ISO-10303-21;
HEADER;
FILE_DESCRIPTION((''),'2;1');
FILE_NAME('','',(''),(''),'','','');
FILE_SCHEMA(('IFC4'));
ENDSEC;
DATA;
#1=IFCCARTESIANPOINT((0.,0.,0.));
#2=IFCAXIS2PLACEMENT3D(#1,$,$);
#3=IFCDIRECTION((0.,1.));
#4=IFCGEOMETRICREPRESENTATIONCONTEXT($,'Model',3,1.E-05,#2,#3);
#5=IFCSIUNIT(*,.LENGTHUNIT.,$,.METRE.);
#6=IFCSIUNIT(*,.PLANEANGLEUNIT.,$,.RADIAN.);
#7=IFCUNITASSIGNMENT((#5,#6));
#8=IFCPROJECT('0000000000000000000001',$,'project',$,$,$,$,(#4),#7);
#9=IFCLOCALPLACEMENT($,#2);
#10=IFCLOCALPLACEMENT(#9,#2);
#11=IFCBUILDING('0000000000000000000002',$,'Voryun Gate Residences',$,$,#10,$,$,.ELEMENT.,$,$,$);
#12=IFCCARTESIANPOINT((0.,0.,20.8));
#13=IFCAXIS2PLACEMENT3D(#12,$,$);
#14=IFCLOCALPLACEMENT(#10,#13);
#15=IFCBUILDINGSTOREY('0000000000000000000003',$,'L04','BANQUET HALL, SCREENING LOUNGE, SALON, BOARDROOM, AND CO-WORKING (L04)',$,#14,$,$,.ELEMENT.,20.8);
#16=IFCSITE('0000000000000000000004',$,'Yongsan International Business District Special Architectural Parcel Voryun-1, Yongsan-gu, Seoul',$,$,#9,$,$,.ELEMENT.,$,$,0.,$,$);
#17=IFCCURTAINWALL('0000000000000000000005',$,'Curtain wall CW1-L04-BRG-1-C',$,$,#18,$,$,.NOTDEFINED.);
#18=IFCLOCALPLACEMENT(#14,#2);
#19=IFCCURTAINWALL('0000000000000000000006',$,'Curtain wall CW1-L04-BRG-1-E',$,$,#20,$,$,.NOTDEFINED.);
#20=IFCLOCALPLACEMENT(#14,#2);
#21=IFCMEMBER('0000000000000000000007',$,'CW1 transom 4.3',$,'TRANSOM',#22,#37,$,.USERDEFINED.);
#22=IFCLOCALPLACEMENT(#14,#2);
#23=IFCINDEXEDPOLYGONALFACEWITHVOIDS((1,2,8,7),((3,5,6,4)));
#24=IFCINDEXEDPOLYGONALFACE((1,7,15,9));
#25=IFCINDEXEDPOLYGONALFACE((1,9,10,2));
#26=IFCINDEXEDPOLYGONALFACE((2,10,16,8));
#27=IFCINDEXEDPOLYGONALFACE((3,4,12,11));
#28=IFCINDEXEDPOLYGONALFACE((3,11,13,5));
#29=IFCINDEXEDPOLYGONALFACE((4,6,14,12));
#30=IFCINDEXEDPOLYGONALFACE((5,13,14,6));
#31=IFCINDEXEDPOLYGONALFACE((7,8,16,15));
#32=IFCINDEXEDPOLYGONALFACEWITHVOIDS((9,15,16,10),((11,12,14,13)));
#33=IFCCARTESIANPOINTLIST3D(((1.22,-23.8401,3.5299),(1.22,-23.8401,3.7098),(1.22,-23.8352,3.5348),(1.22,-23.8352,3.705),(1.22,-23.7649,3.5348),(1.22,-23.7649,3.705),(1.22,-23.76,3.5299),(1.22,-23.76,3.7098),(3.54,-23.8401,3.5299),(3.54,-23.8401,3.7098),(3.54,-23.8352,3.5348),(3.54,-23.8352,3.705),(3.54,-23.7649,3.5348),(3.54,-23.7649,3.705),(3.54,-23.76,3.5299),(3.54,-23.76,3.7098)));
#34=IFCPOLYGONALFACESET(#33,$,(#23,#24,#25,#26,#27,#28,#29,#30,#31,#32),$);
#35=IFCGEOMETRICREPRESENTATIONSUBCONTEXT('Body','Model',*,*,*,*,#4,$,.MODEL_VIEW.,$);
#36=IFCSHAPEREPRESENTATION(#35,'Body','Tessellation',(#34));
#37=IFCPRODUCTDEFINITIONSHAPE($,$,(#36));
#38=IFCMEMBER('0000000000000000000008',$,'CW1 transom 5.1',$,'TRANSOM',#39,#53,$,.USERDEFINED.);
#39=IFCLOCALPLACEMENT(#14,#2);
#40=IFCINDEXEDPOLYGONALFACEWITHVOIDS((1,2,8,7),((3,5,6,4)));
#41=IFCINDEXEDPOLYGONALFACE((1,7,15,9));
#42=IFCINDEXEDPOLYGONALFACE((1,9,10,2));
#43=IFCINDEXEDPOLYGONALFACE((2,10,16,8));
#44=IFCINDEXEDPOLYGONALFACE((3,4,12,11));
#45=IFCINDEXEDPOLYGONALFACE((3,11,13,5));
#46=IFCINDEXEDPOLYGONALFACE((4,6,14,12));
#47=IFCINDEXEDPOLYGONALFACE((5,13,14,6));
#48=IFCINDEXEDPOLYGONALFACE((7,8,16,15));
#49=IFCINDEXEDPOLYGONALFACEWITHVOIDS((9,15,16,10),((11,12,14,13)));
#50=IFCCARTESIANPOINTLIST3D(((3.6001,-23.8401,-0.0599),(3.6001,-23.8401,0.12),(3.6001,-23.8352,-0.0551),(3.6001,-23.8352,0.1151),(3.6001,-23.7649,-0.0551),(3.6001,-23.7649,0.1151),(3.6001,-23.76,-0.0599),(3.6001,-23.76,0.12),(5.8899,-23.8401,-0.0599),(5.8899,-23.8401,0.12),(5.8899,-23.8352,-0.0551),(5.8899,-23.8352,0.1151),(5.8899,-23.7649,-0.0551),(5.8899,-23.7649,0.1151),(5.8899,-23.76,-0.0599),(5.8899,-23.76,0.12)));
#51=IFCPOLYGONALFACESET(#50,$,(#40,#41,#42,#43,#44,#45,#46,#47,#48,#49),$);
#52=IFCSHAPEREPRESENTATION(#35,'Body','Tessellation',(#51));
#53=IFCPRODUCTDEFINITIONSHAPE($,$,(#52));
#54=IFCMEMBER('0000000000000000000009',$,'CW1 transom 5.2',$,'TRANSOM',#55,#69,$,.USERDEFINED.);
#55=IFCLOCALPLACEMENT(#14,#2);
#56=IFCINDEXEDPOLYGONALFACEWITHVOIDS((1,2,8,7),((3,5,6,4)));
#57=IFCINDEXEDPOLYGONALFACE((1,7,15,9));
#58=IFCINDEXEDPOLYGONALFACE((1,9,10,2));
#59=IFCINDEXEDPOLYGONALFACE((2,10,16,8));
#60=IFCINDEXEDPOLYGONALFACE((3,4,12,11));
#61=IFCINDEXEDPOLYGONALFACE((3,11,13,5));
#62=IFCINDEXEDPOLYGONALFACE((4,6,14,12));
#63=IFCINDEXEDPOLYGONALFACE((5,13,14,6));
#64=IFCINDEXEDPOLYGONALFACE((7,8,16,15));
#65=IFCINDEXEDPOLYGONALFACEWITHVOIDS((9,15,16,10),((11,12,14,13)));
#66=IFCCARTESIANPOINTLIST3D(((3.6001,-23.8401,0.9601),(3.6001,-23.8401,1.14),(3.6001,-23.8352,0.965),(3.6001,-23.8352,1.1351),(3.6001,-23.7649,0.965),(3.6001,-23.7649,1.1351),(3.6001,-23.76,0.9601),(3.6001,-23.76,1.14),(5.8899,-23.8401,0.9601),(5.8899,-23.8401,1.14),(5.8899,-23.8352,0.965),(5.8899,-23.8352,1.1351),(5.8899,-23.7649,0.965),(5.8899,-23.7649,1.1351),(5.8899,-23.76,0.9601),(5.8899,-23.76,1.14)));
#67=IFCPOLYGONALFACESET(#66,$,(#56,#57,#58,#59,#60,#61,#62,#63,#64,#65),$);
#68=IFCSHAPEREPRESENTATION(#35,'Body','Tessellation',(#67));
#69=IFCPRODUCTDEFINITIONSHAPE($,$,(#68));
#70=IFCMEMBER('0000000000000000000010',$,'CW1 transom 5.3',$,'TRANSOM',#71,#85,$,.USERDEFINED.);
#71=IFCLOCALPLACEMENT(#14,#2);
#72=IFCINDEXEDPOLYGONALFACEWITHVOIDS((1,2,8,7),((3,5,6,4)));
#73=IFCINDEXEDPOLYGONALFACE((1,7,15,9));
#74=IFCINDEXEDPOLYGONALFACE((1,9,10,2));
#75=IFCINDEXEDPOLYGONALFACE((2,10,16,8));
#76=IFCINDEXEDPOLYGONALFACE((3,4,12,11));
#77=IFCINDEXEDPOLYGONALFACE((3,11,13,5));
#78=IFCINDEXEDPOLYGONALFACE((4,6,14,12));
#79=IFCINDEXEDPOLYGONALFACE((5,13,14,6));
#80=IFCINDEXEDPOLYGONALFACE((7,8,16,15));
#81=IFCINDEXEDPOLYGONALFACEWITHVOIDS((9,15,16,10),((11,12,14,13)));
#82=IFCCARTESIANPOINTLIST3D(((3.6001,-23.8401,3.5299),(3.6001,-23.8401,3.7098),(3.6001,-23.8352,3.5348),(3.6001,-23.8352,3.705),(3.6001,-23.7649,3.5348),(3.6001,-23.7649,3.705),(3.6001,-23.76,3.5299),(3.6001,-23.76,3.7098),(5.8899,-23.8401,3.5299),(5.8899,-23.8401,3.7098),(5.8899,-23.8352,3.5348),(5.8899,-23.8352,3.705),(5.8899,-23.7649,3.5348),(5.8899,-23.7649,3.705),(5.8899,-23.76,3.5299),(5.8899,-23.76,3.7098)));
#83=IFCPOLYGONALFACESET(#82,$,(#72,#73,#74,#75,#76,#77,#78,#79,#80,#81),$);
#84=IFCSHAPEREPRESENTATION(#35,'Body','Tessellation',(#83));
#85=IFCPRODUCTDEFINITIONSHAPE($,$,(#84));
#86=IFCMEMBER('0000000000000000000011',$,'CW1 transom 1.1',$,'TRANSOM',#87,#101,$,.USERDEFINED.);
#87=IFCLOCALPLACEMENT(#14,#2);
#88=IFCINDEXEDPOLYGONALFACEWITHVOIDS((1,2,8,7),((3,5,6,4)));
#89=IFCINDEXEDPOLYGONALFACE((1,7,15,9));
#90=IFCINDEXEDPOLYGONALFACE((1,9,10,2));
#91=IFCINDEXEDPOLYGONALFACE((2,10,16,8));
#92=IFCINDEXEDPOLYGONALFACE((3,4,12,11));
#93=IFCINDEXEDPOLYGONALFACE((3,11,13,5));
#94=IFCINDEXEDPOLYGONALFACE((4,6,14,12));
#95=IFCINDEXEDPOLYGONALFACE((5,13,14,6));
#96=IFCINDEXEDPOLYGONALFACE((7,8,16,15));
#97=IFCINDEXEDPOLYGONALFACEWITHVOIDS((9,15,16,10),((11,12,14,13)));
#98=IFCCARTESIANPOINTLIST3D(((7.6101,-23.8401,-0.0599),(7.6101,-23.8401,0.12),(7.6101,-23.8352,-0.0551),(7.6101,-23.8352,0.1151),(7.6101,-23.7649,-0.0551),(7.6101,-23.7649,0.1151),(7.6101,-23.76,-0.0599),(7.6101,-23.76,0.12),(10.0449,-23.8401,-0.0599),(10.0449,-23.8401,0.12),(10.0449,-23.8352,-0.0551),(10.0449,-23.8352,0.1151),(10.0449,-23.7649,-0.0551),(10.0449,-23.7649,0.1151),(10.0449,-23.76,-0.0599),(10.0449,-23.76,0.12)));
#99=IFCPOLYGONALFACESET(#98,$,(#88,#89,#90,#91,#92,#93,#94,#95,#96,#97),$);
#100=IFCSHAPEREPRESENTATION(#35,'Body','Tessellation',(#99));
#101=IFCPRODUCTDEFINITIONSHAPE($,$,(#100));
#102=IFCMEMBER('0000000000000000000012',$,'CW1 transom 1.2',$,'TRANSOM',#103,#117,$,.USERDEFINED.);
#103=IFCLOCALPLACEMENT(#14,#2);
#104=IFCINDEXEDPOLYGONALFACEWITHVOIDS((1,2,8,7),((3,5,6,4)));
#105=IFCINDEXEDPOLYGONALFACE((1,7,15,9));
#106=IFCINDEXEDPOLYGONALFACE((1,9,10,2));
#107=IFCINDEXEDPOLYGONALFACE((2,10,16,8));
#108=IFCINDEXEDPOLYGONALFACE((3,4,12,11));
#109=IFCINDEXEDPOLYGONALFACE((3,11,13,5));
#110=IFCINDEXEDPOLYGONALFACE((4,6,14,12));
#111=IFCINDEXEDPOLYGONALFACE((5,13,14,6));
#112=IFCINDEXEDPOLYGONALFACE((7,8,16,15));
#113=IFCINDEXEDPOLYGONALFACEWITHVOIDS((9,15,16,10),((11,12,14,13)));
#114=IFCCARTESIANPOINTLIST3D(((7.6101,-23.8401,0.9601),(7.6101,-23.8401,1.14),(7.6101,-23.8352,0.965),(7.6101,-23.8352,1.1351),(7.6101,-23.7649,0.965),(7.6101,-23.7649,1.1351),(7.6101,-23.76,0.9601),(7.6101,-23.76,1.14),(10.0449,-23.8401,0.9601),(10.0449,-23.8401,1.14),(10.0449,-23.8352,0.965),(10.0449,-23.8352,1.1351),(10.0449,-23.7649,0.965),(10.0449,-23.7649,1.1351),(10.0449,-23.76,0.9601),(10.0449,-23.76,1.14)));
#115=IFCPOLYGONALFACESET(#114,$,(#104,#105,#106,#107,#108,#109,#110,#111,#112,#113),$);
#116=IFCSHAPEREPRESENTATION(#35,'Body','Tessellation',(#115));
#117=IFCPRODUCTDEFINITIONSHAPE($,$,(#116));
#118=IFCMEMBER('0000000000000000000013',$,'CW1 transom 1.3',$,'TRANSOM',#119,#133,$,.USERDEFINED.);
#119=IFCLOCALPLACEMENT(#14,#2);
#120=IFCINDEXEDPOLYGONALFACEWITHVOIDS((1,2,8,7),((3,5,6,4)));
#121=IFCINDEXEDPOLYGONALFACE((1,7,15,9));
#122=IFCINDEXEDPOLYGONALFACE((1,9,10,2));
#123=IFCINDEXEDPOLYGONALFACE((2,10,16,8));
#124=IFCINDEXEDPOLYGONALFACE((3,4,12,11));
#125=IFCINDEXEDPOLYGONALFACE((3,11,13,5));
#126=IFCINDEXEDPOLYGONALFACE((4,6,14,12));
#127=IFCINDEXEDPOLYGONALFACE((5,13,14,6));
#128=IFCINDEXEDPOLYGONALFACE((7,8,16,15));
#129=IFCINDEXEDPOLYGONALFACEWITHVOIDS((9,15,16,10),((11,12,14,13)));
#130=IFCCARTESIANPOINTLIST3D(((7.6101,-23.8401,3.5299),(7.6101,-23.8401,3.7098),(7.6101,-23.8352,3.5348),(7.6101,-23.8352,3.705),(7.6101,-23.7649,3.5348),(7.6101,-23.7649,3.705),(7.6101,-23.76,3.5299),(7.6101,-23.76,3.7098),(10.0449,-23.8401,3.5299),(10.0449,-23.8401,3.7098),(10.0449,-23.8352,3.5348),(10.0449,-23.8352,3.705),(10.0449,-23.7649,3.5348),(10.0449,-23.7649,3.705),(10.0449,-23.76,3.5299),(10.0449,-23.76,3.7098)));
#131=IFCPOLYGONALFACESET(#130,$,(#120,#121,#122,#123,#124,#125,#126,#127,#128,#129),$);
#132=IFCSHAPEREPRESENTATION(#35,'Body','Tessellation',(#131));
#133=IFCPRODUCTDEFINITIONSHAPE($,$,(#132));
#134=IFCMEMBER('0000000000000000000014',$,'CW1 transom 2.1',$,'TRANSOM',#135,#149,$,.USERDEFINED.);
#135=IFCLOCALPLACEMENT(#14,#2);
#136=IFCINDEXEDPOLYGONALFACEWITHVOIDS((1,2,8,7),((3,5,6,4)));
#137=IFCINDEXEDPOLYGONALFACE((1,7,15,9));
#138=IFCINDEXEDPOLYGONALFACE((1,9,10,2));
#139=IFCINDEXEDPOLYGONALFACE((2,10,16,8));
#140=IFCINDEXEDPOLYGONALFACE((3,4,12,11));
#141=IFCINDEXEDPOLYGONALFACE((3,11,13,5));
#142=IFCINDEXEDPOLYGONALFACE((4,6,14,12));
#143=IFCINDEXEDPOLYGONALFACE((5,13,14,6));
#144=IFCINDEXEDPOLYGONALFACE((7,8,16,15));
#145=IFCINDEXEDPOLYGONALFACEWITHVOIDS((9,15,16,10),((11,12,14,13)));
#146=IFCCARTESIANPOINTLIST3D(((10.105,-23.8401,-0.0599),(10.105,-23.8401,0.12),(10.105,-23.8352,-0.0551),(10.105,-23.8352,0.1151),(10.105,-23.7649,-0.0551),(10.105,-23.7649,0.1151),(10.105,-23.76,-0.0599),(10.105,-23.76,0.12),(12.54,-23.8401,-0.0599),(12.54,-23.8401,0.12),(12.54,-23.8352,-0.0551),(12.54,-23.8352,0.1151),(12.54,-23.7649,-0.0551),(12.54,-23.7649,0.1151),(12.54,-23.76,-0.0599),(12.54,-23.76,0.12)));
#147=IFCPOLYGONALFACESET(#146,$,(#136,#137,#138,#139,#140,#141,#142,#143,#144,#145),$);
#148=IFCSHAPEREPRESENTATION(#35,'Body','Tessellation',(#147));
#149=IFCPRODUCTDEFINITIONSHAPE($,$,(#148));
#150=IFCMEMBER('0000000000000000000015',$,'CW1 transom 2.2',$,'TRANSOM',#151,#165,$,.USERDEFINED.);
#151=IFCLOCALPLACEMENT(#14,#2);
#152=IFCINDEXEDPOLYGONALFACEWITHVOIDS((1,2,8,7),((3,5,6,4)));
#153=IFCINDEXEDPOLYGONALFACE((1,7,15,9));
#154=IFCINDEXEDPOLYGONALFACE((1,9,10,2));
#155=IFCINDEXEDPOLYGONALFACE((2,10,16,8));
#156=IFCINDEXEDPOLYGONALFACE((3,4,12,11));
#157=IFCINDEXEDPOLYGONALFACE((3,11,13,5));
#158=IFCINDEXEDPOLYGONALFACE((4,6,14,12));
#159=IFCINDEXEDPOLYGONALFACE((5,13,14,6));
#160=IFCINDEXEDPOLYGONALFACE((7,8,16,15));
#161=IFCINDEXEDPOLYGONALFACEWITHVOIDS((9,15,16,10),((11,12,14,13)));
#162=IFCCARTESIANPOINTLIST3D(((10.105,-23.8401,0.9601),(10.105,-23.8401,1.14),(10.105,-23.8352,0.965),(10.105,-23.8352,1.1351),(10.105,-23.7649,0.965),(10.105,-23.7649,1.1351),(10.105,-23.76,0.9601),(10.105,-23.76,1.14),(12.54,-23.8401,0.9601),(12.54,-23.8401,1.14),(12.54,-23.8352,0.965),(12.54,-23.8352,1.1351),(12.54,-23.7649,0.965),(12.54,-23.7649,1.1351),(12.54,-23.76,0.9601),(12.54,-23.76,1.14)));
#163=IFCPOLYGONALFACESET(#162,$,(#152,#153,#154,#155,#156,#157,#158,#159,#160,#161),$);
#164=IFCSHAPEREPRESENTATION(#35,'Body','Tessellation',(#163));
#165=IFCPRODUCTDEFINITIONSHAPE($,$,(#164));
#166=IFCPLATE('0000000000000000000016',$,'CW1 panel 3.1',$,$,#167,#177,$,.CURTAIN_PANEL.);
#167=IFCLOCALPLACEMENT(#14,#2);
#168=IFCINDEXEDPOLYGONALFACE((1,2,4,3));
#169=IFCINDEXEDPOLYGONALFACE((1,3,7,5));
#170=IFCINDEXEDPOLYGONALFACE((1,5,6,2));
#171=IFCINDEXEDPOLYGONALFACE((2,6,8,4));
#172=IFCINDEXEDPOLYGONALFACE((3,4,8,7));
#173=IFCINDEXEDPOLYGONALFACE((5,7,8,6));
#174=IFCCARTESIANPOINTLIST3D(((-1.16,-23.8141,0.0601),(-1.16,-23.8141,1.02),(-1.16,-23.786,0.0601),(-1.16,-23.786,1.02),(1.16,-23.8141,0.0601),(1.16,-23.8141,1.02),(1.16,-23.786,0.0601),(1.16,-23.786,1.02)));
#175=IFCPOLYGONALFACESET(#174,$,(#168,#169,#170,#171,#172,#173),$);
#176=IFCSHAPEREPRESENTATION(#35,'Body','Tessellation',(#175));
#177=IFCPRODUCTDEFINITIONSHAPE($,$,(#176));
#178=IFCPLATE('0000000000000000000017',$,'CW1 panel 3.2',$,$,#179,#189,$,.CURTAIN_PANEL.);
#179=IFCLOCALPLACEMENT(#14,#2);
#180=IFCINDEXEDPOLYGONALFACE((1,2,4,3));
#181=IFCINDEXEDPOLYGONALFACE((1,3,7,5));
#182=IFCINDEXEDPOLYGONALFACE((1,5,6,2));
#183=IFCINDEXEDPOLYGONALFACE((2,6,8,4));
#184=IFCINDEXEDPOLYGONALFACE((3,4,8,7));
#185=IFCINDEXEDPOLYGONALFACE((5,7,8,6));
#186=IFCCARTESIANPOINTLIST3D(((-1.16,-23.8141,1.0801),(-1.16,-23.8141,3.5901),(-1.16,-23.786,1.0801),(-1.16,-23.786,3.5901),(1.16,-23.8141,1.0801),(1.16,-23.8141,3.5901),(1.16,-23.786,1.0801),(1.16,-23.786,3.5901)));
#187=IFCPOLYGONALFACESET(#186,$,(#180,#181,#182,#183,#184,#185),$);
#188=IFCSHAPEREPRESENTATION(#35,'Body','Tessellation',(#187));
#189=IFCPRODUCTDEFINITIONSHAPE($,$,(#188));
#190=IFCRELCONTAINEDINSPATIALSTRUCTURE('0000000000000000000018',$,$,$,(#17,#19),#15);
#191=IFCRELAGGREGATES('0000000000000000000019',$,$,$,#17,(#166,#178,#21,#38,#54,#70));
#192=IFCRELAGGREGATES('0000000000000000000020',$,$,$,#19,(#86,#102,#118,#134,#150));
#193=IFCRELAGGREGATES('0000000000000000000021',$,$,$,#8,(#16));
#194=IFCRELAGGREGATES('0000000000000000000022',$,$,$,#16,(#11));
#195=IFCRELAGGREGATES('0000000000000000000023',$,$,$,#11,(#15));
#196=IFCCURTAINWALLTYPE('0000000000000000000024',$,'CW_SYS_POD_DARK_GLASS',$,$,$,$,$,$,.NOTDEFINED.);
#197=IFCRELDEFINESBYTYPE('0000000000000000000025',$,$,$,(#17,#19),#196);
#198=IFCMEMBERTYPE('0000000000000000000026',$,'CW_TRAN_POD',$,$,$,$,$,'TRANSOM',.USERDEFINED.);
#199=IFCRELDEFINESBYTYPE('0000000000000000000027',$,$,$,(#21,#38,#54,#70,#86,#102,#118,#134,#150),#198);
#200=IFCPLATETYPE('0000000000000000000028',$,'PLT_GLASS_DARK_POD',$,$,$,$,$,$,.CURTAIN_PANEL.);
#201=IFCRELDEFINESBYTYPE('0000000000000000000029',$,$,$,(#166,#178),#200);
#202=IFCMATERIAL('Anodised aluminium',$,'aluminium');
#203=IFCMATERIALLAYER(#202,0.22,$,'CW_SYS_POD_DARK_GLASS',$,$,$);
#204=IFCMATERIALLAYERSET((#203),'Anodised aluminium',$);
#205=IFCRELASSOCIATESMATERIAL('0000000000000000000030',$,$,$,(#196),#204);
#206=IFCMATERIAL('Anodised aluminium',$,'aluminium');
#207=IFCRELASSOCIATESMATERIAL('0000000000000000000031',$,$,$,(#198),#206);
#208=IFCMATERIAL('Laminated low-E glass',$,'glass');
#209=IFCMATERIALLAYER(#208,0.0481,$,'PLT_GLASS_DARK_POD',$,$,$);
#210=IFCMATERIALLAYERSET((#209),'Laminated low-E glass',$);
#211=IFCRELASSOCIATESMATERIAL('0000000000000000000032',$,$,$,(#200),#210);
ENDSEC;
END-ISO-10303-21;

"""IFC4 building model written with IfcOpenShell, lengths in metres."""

from ifc_helpers import new_model, si_unit, direction, frame, origin, origin_2d, place, context, subcontext, project, spatial, rectangle, hollow_rectangle, extrude, material, layer, layer_set, material_profile, profile_set, type_object, element, aggregate, save


model = new_model("IFC4")

# Units and contexts
model_context = context("Model", 3, precision=1e-05, world=origin(), true_north=direction((0.0, 1.0)))
body_context = subcontext(model_context, "Body", "Model", "MODEL_VIEW")
ifc_project = project(units=[si_unit("LENGTHUNIT", "METRE"), si_unit("PLANEANGLEUNIT", "RADIAN")], contexts=[model_context])

# Site, building, storey
site_placement = place(None, origin())
site = spatial("IfcSite", under=ifc_project, at=site_placement, Name="Yongsan International Business District Special Architectural Parcel Voryun-1, Yongsan-gu, Seoul", CompositionType="ELEMENT", RefElevation=0.0)
building_placement = place(site_placement, origin())
building = spatial("IfcBuilding", under=site, at=building_placement, Name="Voryun Gate Residences", CompositionType="ELEMENT")
storey_placement = place(building_placement, frame((0.0, 0.0, 20.8)))
storey = spatial("IfcBuildingStorey", under=building, at=storey_placement, Name="L04", Description="BANQUET HALL, SCREENING LOUNGE, SALON, BOARDROOM, AND CO-WORKING (L04)", CompositionType="ELEMENT", Elevation=20.8)

# Curtain walls
ifc_material_1 = material(Name="Anodised aluminium", Category="aluminium")
ifc_layer_1 = layer(ifc_material_1, 0.22, Name="CW_SYS_POD_DARK_GLASS")
ifc_layer_set_1 = layer_set([ifc_layer_1], Name="Anodised aluminium")
curtain_wall_type = type_object("IfcCurtainWallType", Name="CW_SYS_POD_DARK_GLASS", PredefinedType="NOTDEFINED", material=ifc_layer_set_1)
curtain_wall_1_placement = place(storey_placement, origin())
curtain_wall_1 = element("IfcCurtainWall", 1, at=curtain_wall_1_placement, inside=storey, type_object=curtain_wall_type, Name="Curtain wall CW1-L04-BRG-1-C", PredefinedType="NOTDEFINED")
curtain_wall_2_placement = place(storey_placement, origin())
curtain_wall_2 = element("IfcCurtainWall", 2, at=curtain_wall_2_placement, inside=storey, type_object=curtain_wall_type, Name="Curtain wall CW1-L04-BRG-1-E", PredefinedType="NOTDEFINED")

# Members
ifc_material_2 = material(Name="Anodised aluminium", Category="aluminium")
ifc_material_profile_1 = material_profile(ifc_material_2, hollow_rectangle(XDim=0.0801, YDim=0.1799, WallThickness=0.0049, at=origin_2d()), Name="ALU-TRAN-180x80x5")
ifc_profile_set_1 = profile_set([ifc_material_profile_1], Name="Anodised aluminium")
member_type_1 = type_object("IfcMemberType", Name="CW_TRAN_POD", ElementType="TRANSOM", PredefinedType="USERDEFINED", material=ifc_profile_set_1)
member_1_placement = place(storey_placement, frame((1.22, -23.8, 3.6199), z_axis=(1.0, 0.0, 0.0), x_axis=(0.0, 1.0, 0.0)))
member_1 = element("IfcMember", 3, at=member_1_placement, type_object=member_type_1, Name="CW1 transom 4.3", ObjectType="TRANSOM", PredefinedType="USERDEFINED", context=body_context, shape_type="SweptSolid", body=[
    extrude(hollow_rectangle(XDim=0.0801, YDim=0.1799, WallThickness=0.0049, at=origin_2d()), origin(), (0.0, 0.0, 1.0), 2.3201),
])
member_2_placement = place(storey_placement, frame((3.6001, -23.8, 0.03), z_axis=(1.0, 0.0, 0.0), x_axis=(0.0, 1.0, 0.0)))
member_2 = element("IfcMember", 4, at=member_2_placement, type_object=member_type_1, Name="CW1 transom 5.1", ObjectType="TRANSOM", PredefinedType="USERDEFINED", context=body_context, shape_type="SweptSolid", body=[
    extrude(hollow_rectangle(XDim=0.0801, YDim=0.1799, WallThickness=0.0049, at=origin_2d()), origin(), (0.0, 0.0, 1.0), 2.2898),
])
member_3_placement = place(storey_placement, frame((3.6001, -23.8, 1.05), z_axis=(1.0, 0.0, 0.0), x_axis=(0.0, 1.0, 0.0)))
member_3 = element("IfcMember", 5, at=member_3_placement, type_object=member_type_1, Name="CW1 transom 5.2", ObjectType="TRANSOM", PredefinedType="USERDEFINED", context=body_context, shape_type="SweptSolid", body=[
    extrude(hollow_rectangle(XDim=0.0801, YDim=0.1799, WallThickness=0.0049, at=origin_2d()), origin(), (0.0, 0.0, 1.0), 2.2898),
])
member_4_placement = place(storey_placement, frame((3.6001, -23.8, 3.6199), z_axis=(1.0, 0.0, 0.0), x_axis=(0.0, 1.0, 0.0)))
member_4 = element("IfcMember", 6, at=member_4_placement, type_object=member_type_1, Name="CW1 transom 5.3", ObjectType="TRANSOM", PredefinedType="USERDEFINED", context=body_context, shape_type="SweptSolid", body=[
    extrude(hollow_rectangle(XDim=0.0801, YDim=0.1799, WallThickness=0.0049, at=origin_2d()), origin(), (0.0, 0.0, 1.0), 2.2898),
])
member_5_placement = place(storey_placement, frame((7.6101, -23.8, 0.03), z_axis=(1.0, 0.0, 0.0), x_axis=(0.0, 1.0, 0.0)))
member_5 = element("IfcMember", 7, at=member_5_placement, type_object=member_type_1, Name="CW1 transom 1.1", ObjectType="TRANSOM", PredefinedType="USERDEFINED", context=body_context, shape_type="SweptSolid", body=[
    extrude(hollow_rectangle(XDim=0.0801, YDim=0.1799, WallThickness=0.0049, at=origin_2d()), origin(), (0.0, 0.0, 1.0), 2.4348),
])
member_6_placement = place(storey_placement, frame((7.6101, -23.8, 1.05), z_axis=(1.0, 0.0, 0.0), x_axis=(0.0, 1.0, 0.0)))
member_6 = element("IfcMember", 8, at=member_6_placement, type_object=member_type_1, Name="CW1 transom 1.2", ObjectType="TRANSOM", PredefinedType="USERDEFINED", context=body_context, shape_type="SweptSolid", body=[
    extrude(hollow_rectangle(XDim=0.0801, YDim=0.1799, WallThickness=0.0049, at=origin_2d()), origin(), (0.0, 0.0, 1.0), 2.4348),
])
member_7_placement = place(storey_placement, frame((7.6101, -23.8, 3.6199), z_axis=(1.0, 0.0, 0.0), x_axis=(0.0, 1.0, 0.0)))
member_7 = element("IfcMember", 9, at=member_7_placement, type_object=member_type_1, Name="CW1 transom 1.3", ObjectType="TRANSOM", PredefinedType="USERDEFINED", context=body_context, shape_type="SweptSolid", body=[
    extrude(hollow_rectangle(XDim=0.0801, YDim=0.1799, WallThickness=0.0049, at=origin_2d()), origin(), (0.0, 0.0, 1.0), 2.4348),
])
member_8_placement = place(storey_placement, frame((10.105, -23.8, 0.03), z_axis=(1.0, 0.0, 0.0), x_axis=(0.0, 1.0, 0.0)))
member_8 = element("IfcMember", 10, at=member_8_placement, type_object=member_type_1, Name="CW1 transom 2.1", ObjectType="TRANSOM", PredefinedType="USERDEFINED", context=body_context, shape_type="SweptSolid", body=[
    extrude(hollow_rectangle(XDim=0.0801, YDim=0.1799, WallThickness=0.0049, at=origin_2d()), origin(), (0.0, 0.0, 1.0), 2.4351),
])
member_9_placement = place(storey_placement, frame((10.105, -23.8, 1.05), z_axis=(1.0, 0.0, 0.0), x_axis=(0.0, 1.0, 0.0)))
member_9 = element("IfcMember", 11, at=member_9_placement, type_object=member_type_1, Name="CW1 transom 2.2", ObjectType="TRANSOM", PredefinedType="USERDEFINED", context=body_context, shape_type="SweptSolid", body=[
    extrude(hollow_rectangle(XDim=0.0801, YDim=0.1799, WallThickness=0.0049, at=origin_2d()), origin(), (0.0, 0.0, 1.0), 2.4351),
])

# Plates
ifc_material_3 = material(Name="Laminated low-E glass", Category="glass")
ifc_layer_2 = layer(ifc_material_3, 0.0481, Name="PLT_GLASS_DARK_POD")
ifc_layer_set_2 = layer_set([ifc_layer_2], Name="Laminated low-E glass")
plate_type = type_object("IfcPlateType", Name="PLT_GLASS_DARK_POD", PredefinedType="CURTAIN_PANEL", material=ifc_layer_set_2)
plate_1_placement = place(storey_placement, frame((0.0, -23.8, 0.0601), z_axis=(0.0, 0.0, 1.0), x_axis=(1.0, 0.0, 0.0)))
plate_1 = element("IfcPlate", 12, at=plate_1_placement, type_object=plate_type, Name="CW1 panel 3.1", PredefinedType="CURTAIN_PANEL", context=body_context, shape_type="SweptSolid", body=[
    extrude(rectangle(XDim=2.3201, YDim=0.0281, at=origin_2d()), origin(), (0.0, 0.0, 1.0), 0.96),
])
plate_2_placement = place(storey_placement, frame((0.0, -23.8, 1.0801), z_axis=(0.0, 0.0, 1.0), x_axis=(1.0, 0.0, 0.0)))
plate_2 = element("IfcPlate", 13, at=plate_2_placement, type_object=plate_type, Name="CW1 panel 3.2", PredefinedType="CURTAIN_PANEL", context=body_context, shape_type="SweptSolid", body=[
    extrude(rectangle(XDim=2.3201, YDim=0.0281, at=origin_2d()), origin(), (0.0, 0.0, 1.0), 2.51),
])
aggregate(curtain_wall_1, [plate_1, plate_2, member_1, member_2, member_3, member_4])
aggregate(curtain_wall_2, [member_5, member_6, member_7, member_8, member_9])

save(model, "model.ifc")
